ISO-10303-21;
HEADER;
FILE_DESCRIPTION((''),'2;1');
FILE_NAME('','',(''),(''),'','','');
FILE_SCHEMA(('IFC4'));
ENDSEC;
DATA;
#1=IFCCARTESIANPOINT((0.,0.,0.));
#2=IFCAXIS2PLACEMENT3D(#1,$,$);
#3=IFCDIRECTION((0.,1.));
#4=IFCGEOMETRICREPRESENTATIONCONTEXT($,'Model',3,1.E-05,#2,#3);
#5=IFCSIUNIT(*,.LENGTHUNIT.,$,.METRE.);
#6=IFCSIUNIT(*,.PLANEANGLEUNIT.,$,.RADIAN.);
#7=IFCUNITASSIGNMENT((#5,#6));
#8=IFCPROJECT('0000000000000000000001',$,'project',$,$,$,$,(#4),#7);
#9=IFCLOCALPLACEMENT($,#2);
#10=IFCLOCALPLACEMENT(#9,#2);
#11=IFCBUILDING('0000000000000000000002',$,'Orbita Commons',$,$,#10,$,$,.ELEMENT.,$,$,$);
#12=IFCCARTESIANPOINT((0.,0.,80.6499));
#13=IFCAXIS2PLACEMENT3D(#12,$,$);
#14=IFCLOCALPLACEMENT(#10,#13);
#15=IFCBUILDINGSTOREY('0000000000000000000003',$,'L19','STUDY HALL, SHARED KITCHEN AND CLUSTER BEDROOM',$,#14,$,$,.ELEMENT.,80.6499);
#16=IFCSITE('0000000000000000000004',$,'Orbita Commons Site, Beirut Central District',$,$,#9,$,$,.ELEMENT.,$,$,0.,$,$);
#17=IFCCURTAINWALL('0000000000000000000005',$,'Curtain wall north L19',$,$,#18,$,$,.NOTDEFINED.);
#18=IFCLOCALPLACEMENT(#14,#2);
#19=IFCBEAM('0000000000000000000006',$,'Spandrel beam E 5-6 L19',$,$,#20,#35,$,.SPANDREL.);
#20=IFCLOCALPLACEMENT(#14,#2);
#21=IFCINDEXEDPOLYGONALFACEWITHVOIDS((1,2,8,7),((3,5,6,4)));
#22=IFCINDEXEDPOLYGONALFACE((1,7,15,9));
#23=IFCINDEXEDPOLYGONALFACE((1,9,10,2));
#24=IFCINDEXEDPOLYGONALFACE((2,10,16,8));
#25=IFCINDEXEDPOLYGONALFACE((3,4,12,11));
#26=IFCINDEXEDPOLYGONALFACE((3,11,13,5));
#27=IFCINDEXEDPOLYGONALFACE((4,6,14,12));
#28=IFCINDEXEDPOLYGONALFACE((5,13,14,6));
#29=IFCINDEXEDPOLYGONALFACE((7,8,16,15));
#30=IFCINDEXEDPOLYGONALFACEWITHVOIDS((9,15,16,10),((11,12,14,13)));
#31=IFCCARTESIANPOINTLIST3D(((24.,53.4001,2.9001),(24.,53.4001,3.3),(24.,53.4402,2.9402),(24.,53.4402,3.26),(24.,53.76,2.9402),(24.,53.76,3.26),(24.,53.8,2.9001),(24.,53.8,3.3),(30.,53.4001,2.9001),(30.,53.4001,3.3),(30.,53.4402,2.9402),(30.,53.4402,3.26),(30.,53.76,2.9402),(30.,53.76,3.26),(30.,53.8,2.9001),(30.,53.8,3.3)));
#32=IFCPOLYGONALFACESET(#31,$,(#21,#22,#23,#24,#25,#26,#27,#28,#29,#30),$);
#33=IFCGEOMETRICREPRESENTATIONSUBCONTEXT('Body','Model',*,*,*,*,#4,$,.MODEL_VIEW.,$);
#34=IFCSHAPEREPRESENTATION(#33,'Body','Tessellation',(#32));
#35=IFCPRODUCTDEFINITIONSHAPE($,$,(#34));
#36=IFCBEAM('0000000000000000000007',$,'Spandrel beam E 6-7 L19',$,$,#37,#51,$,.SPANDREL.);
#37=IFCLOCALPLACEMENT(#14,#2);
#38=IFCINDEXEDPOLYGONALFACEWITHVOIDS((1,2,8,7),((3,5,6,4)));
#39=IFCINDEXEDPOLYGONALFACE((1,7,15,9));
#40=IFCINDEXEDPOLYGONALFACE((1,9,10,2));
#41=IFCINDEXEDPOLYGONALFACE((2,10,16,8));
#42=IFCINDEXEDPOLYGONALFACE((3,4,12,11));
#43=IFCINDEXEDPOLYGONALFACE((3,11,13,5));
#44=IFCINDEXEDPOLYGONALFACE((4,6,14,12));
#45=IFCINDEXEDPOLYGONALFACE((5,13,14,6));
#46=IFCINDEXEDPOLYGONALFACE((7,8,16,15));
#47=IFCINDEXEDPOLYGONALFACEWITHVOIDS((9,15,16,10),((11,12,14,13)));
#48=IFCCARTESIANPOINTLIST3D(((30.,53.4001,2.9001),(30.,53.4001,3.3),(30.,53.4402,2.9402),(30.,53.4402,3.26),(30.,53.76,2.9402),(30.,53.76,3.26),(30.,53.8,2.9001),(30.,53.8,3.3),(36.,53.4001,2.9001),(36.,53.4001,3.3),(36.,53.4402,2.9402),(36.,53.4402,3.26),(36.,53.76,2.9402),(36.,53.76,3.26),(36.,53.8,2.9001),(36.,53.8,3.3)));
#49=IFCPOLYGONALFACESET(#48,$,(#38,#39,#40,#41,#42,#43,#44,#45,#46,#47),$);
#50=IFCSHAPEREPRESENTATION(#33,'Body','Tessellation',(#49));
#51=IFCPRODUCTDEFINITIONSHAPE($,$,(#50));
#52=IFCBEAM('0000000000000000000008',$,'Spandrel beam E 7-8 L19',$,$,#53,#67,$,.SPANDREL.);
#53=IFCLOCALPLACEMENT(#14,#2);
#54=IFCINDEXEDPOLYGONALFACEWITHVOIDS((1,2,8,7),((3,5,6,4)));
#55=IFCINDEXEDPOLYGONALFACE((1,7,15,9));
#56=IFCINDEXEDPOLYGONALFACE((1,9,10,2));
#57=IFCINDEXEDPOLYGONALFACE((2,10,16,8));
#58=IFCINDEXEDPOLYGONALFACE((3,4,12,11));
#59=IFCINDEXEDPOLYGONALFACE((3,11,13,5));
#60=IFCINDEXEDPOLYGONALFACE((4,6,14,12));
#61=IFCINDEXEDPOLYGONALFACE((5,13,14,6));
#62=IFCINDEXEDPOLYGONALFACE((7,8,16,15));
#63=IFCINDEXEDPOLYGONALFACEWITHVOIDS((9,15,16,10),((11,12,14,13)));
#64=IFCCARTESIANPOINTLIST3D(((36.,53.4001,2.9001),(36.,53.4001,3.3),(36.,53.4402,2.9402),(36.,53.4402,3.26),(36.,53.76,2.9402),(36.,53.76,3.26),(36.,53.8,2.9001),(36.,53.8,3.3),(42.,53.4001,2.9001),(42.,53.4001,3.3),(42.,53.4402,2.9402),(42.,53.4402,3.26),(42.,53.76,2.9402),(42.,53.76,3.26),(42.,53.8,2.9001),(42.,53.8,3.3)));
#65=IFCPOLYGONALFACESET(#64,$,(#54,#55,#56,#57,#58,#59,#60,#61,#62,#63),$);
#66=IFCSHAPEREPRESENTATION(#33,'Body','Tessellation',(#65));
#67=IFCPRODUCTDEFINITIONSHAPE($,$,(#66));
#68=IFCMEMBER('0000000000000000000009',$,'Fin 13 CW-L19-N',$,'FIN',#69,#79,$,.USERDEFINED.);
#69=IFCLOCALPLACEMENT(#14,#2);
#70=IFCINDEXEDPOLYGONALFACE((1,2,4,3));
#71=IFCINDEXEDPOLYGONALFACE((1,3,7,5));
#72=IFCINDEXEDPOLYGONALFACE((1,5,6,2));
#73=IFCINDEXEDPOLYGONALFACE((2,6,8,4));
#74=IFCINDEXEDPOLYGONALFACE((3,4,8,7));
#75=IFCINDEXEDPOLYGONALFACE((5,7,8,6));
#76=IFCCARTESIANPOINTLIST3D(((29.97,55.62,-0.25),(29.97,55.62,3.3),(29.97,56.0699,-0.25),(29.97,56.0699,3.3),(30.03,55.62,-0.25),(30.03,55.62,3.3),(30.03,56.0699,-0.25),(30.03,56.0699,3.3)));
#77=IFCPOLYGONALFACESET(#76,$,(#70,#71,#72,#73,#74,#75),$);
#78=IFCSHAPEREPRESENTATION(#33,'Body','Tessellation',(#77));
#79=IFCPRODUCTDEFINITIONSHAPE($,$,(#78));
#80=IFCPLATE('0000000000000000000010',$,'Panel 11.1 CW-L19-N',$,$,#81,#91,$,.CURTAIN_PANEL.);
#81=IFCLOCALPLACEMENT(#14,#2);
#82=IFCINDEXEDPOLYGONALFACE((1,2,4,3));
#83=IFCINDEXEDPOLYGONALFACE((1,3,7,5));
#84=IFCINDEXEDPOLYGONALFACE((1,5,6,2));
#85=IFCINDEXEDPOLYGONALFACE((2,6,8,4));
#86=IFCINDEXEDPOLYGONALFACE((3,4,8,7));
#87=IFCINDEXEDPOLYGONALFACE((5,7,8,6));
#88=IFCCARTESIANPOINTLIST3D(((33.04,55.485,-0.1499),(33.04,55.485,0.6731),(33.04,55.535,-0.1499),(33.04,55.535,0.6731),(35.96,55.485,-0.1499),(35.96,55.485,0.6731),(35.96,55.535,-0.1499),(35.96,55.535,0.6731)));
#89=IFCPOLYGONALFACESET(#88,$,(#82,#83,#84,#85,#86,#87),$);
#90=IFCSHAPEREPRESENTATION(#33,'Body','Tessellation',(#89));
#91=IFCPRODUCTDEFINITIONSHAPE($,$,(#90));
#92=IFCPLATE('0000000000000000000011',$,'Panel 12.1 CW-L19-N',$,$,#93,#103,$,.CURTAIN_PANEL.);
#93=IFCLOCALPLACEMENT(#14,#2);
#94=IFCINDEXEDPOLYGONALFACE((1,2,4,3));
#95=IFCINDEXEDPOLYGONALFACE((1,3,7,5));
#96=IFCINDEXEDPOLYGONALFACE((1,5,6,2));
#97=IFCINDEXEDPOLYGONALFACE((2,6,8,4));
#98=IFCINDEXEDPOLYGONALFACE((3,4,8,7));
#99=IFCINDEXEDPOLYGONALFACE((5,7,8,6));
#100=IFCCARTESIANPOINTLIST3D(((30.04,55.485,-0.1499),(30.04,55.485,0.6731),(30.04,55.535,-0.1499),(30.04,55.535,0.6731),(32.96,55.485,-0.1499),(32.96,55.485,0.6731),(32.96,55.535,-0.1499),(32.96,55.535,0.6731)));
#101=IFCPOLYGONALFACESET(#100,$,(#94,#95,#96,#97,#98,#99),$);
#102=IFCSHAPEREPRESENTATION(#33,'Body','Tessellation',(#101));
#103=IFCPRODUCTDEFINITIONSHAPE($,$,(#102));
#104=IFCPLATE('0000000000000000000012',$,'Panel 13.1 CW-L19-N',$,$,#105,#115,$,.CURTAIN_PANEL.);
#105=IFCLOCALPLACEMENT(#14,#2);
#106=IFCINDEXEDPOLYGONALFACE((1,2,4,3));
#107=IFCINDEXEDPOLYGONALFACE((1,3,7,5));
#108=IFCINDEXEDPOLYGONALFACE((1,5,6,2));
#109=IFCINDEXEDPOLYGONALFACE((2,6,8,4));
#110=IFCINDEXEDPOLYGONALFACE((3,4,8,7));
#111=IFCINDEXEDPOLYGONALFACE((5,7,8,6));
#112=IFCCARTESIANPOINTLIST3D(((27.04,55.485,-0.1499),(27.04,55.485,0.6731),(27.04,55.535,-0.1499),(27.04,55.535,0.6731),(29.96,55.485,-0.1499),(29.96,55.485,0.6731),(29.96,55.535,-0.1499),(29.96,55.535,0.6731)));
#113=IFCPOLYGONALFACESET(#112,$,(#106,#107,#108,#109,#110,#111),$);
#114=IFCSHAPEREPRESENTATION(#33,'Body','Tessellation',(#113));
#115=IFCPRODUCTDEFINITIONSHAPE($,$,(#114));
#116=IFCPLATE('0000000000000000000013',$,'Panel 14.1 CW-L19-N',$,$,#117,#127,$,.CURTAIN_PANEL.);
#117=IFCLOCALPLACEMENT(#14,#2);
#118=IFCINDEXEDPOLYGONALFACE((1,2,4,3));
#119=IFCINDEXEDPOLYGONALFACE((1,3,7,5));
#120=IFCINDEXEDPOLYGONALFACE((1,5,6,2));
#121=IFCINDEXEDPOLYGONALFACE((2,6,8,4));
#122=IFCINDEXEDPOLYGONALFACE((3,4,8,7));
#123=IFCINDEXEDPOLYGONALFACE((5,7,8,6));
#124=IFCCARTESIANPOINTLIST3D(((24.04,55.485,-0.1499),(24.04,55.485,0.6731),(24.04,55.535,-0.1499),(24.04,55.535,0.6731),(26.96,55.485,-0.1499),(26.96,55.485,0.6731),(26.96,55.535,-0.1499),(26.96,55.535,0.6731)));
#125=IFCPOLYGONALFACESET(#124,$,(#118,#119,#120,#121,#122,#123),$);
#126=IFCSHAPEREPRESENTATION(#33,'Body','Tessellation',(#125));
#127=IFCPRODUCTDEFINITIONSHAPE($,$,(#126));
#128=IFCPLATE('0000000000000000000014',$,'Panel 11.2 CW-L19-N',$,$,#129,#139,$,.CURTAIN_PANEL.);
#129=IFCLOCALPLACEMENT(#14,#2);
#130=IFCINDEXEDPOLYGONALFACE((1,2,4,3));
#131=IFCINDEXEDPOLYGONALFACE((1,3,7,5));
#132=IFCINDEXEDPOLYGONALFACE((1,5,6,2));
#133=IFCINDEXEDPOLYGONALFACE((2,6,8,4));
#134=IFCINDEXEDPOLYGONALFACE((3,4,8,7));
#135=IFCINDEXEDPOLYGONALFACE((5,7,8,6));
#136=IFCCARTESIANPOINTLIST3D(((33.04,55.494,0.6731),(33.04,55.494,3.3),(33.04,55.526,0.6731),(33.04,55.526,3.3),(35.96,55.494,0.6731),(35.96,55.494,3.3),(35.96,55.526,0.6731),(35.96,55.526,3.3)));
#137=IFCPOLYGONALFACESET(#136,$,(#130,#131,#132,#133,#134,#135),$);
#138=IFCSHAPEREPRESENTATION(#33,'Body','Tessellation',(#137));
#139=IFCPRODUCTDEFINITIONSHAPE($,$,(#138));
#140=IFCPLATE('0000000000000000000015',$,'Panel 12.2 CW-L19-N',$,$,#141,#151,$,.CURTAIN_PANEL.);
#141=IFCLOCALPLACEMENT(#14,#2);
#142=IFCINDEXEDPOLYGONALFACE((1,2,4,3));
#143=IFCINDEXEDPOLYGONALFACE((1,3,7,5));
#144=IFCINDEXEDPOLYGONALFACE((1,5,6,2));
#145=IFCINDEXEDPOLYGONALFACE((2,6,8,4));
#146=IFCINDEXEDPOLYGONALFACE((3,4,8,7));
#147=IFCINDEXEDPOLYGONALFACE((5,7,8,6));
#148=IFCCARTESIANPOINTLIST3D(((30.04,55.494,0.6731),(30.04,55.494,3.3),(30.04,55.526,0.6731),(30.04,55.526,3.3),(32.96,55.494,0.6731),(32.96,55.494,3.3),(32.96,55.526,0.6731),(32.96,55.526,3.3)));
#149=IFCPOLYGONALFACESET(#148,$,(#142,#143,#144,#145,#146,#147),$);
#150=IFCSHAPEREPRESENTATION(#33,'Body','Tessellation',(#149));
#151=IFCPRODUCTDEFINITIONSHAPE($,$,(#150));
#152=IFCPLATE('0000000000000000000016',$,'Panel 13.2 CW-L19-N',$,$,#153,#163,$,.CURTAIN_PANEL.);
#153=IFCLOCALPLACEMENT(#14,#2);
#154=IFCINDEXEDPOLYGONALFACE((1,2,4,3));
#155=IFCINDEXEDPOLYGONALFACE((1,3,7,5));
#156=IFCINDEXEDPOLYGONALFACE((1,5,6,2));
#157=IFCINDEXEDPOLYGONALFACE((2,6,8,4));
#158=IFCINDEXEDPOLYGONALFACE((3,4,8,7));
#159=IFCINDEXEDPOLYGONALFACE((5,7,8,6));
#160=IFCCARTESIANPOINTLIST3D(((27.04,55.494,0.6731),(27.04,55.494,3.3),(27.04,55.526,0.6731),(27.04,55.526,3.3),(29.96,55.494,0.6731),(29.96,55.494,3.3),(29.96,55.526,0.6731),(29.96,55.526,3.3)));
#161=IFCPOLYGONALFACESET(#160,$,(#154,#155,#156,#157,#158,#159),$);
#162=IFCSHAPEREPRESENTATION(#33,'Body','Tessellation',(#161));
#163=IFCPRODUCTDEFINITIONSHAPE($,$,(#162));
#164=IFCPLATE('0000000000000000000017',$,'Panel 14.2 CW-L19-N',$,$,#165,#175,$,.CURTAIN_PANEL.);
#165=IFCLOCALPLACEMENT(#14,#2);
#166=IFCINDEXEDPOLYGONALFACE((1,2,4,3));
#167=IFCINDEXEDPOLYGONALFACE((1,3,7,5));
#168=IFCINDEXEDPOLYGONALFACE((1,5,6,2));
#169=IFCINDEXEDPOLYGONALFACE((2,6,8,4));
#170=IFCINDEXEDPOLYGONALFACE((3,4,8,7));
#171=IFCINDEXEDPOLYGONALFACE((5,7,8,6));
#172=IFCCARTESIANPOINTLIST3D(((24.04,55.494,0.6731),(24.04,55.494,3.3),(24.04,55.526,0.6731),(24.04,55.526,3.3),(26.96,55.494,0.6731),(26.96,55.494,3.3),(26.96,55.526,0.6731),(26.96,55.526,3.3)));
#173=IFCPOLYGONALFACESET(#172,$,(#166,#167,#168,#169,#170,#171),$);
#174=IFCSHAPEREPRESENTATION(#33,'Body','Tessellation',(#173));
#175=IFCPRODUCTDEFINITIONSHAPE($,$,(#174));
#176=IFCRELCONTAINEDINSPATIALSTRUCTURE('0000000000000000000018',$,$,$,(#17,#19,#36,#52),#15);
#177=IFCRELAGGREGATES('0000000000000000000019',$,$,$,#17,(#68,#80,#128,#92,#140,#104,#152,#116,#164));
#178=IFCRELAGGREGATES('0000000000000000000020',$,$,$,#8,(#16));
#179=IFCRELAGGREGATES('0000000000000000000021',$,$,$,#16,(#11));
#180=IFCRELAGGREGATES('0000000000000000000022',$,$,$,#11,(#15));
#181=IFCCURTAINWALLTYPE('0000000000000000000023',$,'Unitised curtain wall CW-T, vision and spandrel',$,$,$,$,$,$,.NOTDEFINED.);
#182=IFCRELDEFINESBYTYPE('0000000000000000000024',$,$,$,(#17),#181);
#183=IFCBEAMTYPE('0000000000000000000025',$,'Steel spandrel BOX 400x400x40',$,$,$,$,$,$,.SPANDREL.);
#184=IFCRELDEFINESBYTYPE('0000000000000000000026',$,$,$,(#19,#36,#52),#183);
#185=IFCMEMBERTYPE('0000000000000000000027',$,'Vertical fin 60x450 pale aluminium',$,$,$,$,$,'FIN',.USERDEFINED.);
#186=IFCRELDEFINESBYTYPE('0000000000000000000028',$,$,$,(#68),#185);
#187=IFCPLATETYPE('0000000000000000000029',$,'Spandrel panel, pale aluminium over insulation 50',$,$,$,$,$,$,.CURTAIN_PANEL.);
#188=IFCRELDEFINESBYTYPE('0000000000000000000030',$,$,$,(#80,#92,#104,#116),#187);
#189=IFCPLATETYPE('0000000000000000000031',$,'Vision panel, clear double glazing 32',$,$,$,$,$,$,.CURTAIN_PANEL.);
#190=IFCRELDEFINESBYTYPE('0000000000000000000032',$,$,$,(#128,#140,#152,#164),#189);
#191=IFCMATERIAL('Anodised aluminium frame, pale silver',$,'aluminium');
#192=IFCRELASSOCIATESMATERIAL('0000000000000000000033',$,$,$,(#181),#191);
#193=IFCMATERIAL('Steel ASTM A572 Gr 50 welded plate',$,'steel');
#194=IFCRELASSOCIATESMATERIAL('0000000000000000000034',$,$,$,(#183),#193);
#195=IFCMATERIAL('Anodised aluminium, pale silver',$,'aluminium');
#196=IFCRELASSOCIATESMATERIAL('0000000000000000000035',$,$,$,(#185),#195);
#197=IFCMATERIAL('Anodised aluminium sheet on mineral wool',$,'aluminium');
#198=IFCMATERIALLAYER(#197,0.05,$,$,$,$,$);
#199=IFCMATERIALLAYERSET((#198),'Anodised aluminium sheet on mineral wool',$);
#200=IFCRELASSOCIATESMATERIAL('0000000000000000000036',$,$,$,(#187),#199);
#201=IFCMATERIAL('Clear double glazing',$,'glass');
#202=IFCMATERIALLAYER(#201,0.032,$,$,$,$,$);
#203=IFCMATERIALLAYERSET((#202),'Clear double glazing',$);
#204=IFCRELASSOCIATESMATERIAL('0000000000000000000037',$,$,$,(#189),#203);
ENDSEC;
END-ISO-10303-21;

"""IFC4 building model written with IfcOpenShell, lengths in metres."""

from ifc_helpers import new_model, si_unit, direction, frame, origin, origin_2d, place, context, subcontext, project, spatial, rectangle, hollow_rectangle, extrude, material, layer, layer_set, material_profile, profile_set, type_object, element, aggregate, save


model = new_model("IFC4")

# Units and contexts
model_context = context("Model", 3, precision=1e-05, world=origin(), true_north=direction((0.0, 1.0)))
body_context = subcontext(model_context, "Body", "Model", "MODEL_VIEW")
ifc_project = project(units=[si_unit("LENGTHUNIT", "METRE"), si_unit("PLANEANGLEUNIT", "RADIAN")], contexts=[model_context])

# Site, building, storey
site_placement = place(None, origin())
site = spatial("IfcSite", under=ifc_project, at=site_placement, Name="Orbita Commons Site, Beirut Central District", CompositionType="ELEMENT", RefElevation=0.0)
building_placement = place(site_placement, origin())
building = spatial("IfcBuilding", under=site, at=building_placement, Name="Orbita Commons", CompositionType="ELEMENT")
storey_placement = place(building_placement, frame((0.0, 0.0, 80.6499)))
storey = spatial("IfcBuildingStorey", under=building, at=storey_placement, Name="L19", Description="STUDY HALL, SHARED KITCHEN AND CLUSTER BEDROOM", CompositionType="ELEMENT", Elevation=80.6499)

# Curtain wall
ifc_material_1 = material(Name="Anodised aluminium frame, pale silver", Category="aluminium")
curtain_wall_type = type_object("IfcCurtainWallType", Name="Unitised curtain wall CW-T, vision and spandrel", PredefinedType="NOTDEFINED", material=ifc_material_1)
curtain_wall_placement = place(storey_placement, origin())
curtain_wall = element("IfcCurtainWall", 1, at=curtain_wall_placement, inside=storey, type_object=curtain_wall_type, Name="Curtain wall north L19", PredefinedType="NOTDEFINED")

# Beams
ifc_material_2 = material(Name="Steel ASTM A572 Gr 50 welded plate", Category="steel")
ifc_material_profile_1 = material_profile(ifc_material_2, hollow_rectangle(XDim=0.3999, YDim=0.3999, WallThickness=0.04, at=origin_2d()), Name="BOX 400x400x40")
ifc_profile_set_1 = profile_set([ifc_material_profile_1], Name="Steel ASTM A572 Gr 50 welded plate")
beam_type = type_object("IfcBeamType", Name="Steel spandrel BOX 400x400x40", PredefinedType="SPANDREL", material=ifc_profile_set_1)
for number, where, z_axis, x_axis, name in (
    (2, (24.0, 53.6001, 3.1001), (1.0, 0.0, 0.0), (0.0, 1.0, 0.0), "Spandrel beam E 5-6 L19"),
    (3, (30.0, 53.6001, 3.1001), (1.0, 0.0, 0.0), (0.0, 1.0, 0.0), "Spandrel beam E 6-7 L19"),
    (4, (36.0, 53.6001, 3.1001), (1.0, 0.0, 0.0), (0.0, 1.0, 0.0), "Spandrel beam E 7-8 L19"),
):
    element("IfcBeam", number, at=place(storey_placement, frame(where, z_axis=z_axis, x_axis=x_axis)), inside=storey, type_object=beam_type, Name=name, PredefinedType="SPANDREL", context=body_context, shape_type="SweptSolid", body=[
        extrude(hollow_rectangle(XDim=0.3999, YDim=0.3999, WallThickness=0.04, at=origin_2d()), origin(), (0.0, 0.0, 1.0), 6.0),
    ])

# Member
ifc_material_3 = material(Name="Anodised aluminium, pale silver", Category="aluminium")
ifc_material_profile_2 = material_profile(ifc_material_3, rectangle(XDim=0.0601, YDim=0.45, at=origin_2d()), Name="FIN 60x450")
ifc_profile_set_2 = profile_set([ifc_material_profile_2], Name="Anodised aluminium, pale silver")
member_type_1 = type_object("IfcMemberType", Name="Vertical fin 60x450 pale aluminium", ElementType="FIN", PredefinedType="USERDEFINED", material=ifc_profile_set_2)
member_1_placement = place(storey_placement, frame((30.0, 55.845, -0.25), z_axis=(0.0, 0.0, 1.0), x_axis=(-1.0, 0.0, 0.0)))
member_1 = element("IfcMember", 5, at=member_1_placement, type_object=member_type_1, Name="Fin 13 CW-L19-N", ObjectType="FIN", PredefinedType="USERDEFINED", context=body_context, shape_type="SweptSolid", body=[
    extrude(rectangle(XDim=0.0601, YDim=0.45, at=origin_2d()), origin(), (0.0, 0.0, 1.0), 3.55),
])

# Plates
ifc_material_4 = material(Name="Anodised aluminium sheet on mineral wool", Category="aluminium")
ifc_layer_1 = layer(ifc_material_4, 0.05)
ifc_layer_set_1 = layer_set([ifc_layer_1], Name="Anodised aluminium sheet on mineral wool")
plate_type_1 = type_object("IfcPlateType", Name="Spandrel panel, pale aluminium over insulation 50", PredefinedType="CURTAIN_PANEL", material=ifc_layer_set_1)
plate_1_placement = place(storey_placement, frame((34.5, 55.51, -0.1499), z_axis=(0.0, 0.0, 1.0), x_axis=(-1.0, 0.0, 0.0)))
plate_1 = element("IfcPlate", 6, at=plate_1_placement, type_object=plate_type_1, Name="Panel 11.1 CW-L19-N", PredefinedType="CURTAIN_PANEL", context=body_context, shape_type="SweptSolid", body=[
    extrude(rectangle(XDim=2.9199, YDim=0.05, at=origin_2d()), origin(), (0.0, 0.0, 1.0), 0.823),
])
plate_2_placement = place(storey_placement, frame((31.5, 55.51, -0.1499), z_axis=(0.0, 0.0, 1.0), x_axis=(-1.0, 0.0, 0.0)))
plate_2 = element("IfcPlate", 7, at=plate_2_placement, type_object=plate_type_1, Name="Panel 12.1 CW-L19-N", PredefinedType="CURTAIN_PANEL", context=body_context, shape_type="SweptSolid", body=[
    extrude(rectangle(XDim=2.9199, YDim=0.05, at=origin_2d()), origin(), (0.0, 0.0, 1.0), 0.823),
])
plate_3_placement = place(storey_placement, frame((28.5, 55.51, -0.1499), z_axis=(0.0, 0.0, 1.0), x_axis=(-1.0, 0.0, 0.0)))
plate_3 = element("IfcPlate", 8, at=plate_3_placement, type_object=plate_type_1, Name="Panel 13.1 CW-L19-N", PredefinedType="CURTAIN_PANEL", context=body_context, shape_type="SweptSolid", body=[
    extrude(rectangle(XDim=2.9199, YDim=0.05, at=origin_2d()), origin(), (0.0, 0.0, 1.0), 0.823),
])
plate_4_placement = place(storey_placement, frame((25.5, 55.51, -0.1499), z_axis=(0.0, 0.0, 1.0), x_axis=(-1.0, 0.0, 0.0)))
plate_4 = element("IfcPlate", 9, at=plate_4_placement, type_object=plate_type_1, Name="Panel 14.1 CW-L19-N", PredefinedType="CURTAIN_PANEL", context=body_context, shape_type="SweptSolid", body=[
    extrude(rectangle(XDim=2.9199, YDim=0.05, at=origin_2d()), origin(), (0.0, 0.0, 1.0), 0.823),
])
ifc_material_5 = material(Name="Clear double glazing", Category="glass")
ifc_layer_2 = layer(ifc_material_5, 0.032)
ifc_layer_set_2 = layer_set([ifc_layer_2], Name="Clear double glazing")
plate_type_2 = type_object("IfcPlateType", Name="Vision panel, clear double glazing 32", PredefinedType="CURTAIN_PANEL", material=ifc_layer_set_2)
plate_5_placement = place(storey_placement, frame((34.5, 55.51, 0.6731), z_axis=(0.0, 0.0, 1.0), x_axis=(-1.0, 0.0, 0.0)))
plate_5 = element("IfcPlate", 10, at=plate_5_placement, type_object=plate_type_2, Name="Panel 11.2 CW-L19-N", PredefinedType="CURTAIN_PANEL", context=body_context, shape_type="SweptSolid", body=[
    extrude(rectangle(XDim=2.9199, YDim=0.032, at=origin_2d()), origin(), (0.0, 0.0, 1.0), 2.627),
])
plate_6_placement = place(storey_placement, frame((31.5, 55.51, 0.6731), z_axis=(0.0, 0.0, 1.0), x_axis=(-1.0, 0.0, 0.0)))
plate_6 = element("IfcPlate", 11, at=plate_6_placement, type_object=plate_type_2, Name="Panel 12.2 CW-L19-N", PredefinedType="CURTAIN_PANEL", context=body_context, shape_type="SweptSolid", body=[
    extrude(rectangle(XDim=2.9199, YDim=0.032, at=origin_2d()), origin(), (0.0, 0.0, 1.0), 2.627),
])
plate_7_placement = place(storey_placement, frame((28.5, 55.51, 0.6731), z_axis=(0.0, 0.0, 1.0), x_axis=(-1.0, 0.0, 0.0)))
plate_7 = element("IfcPlate", 12, at=plate_7_placement, type_object=plate_type_2, Name="Panel 13.2 CW-L19-N", PredefinedType="CURTAIN_PANEL", context=body_context, shape_type="SweptSolid", body=[
    extrude(rectangle(XDim=2.9199, YDim=0.032, at=origin_2d()), origin(), (0.0, 0.0, 1.0), 2.627),
])
plate_8_placement = place(storey_placement, frame((25.5, 55.51, 0.6731), z_axis=(0.0, 0.0, 1.0), x_axis=(-1.0, 0.0, 0.0)))
plate_8 = element("IfcPlate", 13, at=plate_8_placement, type_object=plate_type_2, Name="Panel 14.2 CW-L19-N", PredefinedType="CURTAIN_PANEL", context=body_context, shape_type="SweptSolid", body=[
    extrude(rectangle(XDim=2.9199, YDim=0.032, at=origin_2d()), origin(), (0.0, 0.0, 1.0), 2.627),
])
aggregate(curtain_wall, [member_1, plate_1, plate_5, plate_2, plate_6, plate_3, plate_7, plate_4, plate_8])

save(model, "model.ifc")
